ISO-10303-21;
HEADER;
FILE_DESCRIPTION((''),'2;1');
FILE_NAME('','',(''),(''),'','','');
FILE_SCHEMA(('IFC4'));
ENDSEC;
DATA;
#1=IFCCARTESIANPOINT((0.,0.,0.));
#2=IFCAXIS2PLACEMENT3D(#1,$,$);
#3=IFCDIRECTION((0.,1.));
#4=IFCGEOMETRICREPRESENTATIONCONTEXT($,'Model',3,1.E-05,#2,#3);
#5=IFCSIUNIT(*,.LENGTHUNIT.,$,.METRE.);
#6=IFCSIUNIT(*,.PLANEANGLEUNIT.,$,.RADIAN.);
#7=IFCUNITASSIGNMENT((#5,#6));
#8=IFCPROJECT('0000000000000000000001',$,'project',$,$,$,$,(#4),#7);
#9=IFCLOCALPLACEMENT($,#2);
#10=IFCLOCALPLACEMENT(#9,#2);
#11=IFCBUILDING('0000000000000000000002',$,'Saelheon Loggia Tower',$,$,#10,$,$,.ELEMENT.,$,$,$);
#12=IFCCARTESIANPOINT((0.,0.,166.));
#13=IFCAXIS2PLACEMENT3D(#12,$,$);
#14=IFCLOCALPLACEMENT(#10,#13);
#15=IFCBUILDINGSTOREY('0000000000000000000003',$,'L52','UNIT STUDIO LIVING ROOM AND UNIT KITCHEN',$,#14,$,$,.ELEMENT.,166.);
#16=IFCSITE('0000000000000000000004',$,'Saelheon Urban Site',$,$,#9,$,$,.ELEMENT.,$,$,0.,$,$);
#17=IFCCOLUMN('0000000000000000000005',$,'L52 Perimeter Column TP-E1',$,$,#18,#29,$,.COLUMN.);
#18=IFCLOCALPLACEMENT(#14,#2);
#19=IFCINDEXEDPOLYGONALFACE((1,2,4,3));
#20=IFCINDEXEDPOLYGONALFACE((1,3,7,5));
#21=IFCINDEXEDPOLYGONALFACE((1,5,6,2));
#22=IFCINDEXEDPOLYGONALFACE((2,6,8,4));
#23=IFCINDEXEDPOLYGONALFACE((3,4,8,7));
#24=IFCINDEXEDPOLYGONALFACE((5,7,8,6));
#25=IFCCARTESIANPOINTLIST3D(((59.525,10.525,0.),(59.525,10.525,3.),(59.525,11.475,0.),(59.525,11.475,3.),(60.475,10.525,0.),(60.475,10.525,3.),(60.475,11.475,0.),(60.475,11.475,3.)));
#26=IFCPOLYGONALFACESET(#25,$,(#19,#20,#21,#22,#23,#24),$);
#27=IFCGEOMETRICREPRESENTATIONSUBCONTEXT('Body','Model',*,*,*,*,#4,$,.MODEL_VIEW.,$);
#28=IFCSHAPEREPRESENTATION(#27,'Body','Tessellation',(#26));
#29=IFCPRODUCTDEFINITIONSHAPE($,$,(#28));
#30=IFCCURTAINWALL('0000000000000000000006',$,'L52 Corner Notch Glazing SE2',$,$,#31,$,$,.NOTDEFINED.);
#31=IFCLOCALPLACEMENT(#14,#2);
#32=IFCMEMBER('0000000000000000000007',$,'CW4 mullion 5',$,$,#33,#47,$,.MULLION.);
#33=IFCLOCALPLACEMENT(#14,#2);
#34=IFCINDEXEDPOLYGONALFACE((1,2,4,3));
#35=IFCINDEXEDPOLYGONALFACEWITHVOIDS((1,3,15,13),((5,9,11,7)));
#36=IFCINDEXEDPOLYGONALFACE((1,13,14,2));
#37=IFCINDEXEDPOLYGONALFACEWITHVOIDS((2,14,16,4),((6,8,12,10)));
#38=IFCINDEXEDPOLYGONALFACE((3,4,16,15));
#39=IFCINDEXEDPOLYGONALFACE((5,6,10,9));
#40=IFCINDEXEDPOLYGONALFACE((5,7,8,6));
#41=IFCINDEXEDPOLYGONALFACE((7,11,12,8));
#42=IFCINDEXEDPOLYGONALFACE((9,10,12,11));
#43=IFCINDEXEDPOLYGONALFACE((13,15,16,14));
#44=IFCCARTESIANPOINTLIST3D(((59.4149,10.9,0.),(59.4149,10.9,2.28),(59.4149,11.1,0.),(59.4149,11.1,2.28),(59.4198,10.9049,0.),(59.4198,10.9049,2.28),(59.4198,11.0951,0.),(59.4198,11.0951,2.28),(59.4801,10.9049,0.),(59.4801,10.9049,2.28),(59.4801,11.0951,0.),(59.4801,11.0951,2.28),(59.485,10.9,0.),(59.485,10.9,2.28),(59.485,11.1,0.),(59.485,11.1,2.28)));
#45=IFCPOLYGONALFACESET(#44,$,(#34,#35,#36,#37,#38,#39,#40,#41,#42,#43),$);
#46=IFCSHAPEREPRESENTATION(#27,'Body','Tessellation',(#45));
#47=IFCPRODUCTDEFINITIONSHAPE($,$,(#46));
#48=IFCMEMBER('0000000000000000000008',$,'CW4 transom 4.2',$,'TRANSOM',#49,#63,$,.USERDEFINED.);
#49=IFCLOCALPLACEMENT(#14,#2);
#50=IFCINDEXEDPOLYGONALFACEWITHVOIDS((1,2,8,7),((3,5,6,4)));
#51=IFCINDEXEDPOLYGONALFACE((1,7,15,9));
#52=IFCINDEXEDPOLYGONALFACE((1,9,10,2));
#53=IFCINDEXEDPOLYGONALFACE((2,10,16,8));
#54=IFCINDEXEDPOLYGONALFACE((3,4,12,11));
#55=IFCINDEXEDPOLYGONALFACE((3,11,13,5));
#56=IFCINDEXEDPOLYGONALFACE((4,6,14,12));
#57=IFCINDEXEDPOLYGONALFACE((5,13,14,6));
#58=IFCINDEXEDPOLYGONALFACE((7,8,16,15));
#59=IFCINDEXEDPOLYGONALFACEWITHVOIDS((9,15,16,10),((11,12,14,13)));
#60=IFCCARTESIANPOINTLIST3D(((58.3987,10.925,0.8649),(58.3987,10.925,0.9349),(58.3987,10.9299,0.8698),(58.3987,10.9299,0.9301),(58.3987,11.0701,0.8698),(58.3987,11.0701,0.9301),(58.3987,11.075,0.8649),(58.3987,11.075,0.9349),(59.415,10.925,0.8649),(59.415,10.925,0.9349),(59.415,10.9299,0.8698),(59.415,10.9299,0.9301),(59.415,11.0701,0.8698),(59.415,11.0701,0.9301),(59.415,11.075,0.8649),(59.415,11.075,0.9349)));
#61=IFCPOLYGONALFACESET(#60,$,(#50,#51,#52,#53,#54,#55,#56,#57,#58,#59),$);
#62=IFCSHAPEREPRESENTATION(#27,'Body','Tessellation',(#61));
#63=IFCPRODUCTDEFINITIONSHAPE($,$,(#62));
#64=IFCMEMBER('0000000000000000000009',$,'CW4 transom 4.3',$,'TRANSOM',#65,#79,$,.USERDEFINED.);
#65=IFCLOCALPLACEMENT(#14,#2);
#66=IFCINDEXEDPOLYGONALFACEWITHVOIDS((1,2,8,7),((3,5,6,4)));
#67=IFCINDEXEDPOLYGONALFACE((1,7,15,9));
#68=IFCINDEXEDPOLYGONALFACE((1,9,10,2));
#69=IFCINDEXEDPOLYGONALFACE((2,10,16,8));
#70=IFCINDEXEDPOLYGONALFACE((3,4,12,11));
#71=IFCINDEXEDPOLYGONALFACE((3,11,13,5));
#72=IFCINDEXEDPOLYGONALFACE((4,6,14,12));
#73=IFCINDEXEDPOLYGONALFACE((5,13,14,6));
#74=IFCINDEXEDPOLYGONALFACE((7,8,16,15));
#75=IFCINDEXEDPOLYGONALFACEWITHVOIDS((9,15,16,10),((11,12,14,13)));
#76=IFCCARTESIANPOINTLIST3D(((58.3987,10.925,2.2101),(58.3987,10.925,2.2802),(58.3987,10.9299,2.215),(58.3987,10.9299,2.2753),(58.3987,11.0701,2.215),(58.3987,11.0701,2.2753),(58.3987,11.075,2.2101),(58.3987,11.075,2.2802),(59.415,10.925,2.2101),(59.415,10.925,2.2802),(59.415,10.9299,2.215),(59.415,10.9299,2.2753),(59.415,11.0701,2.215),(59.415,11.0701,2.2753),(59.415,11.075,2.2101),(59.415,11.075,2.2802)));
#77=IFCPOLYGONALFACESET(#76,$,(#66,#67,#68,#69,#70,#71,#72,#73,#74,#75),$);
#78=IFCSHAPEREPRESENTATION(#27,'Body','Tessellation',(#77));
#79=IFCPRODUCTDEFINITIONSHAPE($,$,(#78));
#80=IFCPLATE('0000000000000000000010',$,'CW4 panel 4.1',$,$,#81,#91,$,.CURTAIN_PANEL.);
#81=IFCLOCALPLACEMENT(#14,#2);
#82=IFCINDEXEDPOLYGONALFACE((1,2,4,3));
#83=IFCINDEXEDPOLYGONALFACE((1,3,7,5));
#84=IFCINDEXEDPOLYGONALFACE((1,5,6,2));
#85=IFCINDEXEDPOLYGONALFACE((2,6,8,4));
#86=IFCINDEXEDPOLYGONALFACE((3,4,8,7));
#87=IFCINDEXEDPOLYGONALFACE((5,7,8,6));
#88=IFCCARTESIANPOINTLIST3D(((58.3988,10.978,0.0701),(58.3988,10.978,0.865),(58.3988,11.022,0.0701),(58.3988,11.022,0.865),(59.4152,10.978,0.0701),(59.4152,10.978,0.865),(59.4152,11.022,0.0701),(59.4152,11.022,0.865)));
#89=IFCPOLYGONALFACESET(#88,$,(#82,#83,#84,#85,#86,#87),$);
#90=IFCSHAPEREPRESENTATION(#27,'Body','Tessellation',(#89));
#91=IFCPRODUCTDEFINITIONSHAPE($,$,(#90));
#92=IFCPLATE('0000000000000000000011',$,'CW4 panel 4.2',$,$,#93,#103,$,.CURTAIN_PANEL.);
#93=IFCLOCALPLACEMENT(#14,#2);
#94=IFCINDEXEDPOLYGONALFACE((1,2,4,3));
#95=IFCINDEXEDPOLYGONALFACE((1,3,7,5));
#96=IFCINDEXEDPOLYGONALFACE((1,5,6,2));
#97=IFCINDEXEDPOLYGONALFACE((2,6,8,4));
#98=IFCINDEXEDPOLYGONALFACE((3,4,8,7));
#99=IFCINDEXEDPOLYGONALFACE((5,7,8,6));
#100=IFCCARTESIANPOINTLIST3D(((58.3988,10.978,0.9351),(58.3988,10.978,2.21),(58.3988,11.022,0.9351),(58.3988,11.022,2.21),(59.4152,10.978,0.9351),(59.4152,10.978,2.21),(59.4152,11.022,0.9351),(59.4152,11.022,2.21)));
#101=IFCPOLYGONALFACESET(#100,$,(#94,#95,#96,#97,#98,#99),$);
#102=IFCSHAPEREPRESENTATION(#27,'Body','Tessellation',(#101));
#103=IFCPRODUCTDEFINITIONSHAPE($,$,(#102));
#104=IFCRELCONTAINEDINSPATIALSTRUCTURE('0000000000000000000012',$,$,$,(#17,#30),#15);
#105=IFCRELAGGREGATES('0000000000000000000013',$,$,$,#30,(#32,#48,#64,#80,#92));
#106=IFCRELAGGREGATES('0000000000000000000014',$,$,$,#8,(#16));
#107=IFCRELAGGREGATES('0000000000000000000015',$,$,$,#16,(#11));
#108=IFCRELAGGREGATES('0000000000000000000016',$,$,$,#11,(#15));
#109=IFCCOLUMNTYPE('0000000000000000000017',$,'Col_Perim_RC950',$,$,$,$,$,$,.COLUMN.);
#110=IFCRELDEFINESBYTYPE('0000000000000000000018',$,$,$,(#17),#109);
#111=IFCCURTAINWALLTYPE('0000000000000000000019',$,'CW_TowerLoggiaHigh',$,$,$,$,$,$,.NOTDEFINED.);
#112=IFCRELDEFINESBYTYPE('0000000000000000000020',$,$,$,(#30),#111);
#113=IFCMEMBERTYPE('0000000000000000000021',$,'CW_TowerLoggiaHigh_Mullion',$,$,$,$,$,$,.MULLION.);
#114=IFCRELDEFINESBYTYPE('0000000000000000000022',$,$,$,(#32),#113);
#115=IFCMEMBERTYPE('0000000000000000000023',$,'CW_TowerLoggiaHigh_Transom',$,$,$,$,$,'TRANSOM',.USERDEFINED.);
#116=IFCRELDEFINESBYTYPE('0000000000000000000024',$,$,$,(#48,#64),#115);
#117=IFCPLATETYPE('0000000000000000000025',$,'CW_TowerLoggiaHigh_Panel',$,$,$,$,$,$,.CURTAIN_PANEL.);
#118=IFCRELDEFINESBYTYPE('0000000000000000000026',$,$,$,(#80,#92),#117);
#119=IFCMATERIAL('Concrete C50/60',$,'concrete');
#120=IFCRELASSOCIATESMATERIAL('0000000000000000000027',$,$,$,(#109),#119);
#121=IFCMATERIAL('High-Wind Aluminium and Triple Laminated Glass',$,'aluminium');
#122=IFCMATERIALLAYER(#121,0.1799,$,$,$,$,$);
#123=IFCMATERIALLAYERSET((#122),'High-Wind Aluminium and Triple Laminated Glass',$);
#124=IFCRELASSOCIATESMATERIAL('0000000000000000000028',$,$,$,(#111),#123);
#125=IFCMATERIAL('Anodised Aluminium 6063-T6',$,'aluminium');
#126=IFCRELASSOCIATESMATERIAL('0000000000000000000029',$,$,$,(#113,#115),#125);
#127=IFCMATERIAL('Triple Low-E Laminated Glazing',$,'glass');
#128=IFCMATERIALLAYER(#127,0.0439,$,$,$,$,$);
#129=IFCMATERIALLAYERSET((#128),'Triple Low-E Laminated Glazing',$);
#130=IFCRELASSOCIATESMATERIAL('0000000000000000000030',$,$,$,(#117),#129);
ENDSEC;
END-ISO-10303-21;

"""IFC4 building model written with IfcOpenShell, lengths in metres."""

from ifc_helpers import new_model, si_unit, direction, frame, origin, origin_2d, place, context, subcontext, project, spatial, rectangle, hollow_rectangle, extrude, source, transform, mapped, material, layer, layer_set, material_profile, profile_set, type_object, element, aggregate, save


model = new_model("IFC4")

# Units and contexts
model_context = context("Model", 3, precision=1e-05, world=origin(), true_north=direction((0.0, 1.0)))
body_context = subcontext(model_context, "Body", "Model", "MODEL_VIEW")
ifc_project = project(units=[si_unit("LENGTHUNIT", "METRE"), si_unit("PLANEANGLEUNIT", "RADIAN")], contexts=[model_context])

# Site, building, storey
site_placement = place(None, origin())
site = spatial("IfcSite", under=ifc_project, at=site_placement, Name="Saelheon Urban Site", CompositionType="ELEMENT", RefElevation=0.0)
building_placement = place(site_placement, origin())
building = spatial("IfcBuilding", under=site, at=building_placement, Name="Saelheon Loggia Tower", CompositionType="ELEMENT")
storey_placement = place(building_placement, frame((0.0, 0.0, 166.0)))
storey = spatial("IfcBuildingStorey", under=building, at=storey_placement, Name="L52", Description="UNIT STUDIO LIVING ROOM AND UNIT KITCHEN", CompositionType="ELEMENT", Elevation=166.0)

# Column
ifc_material_1 = material(Name="Concrete C50/60", Category="concrete")
ifc_material_profile_1 = material_profile(ifc_material_1, rectangle(XDim=0.95, YDim=0.95, at=origin_2d()), Name="RC-950x950")
ifc_profile_set_1 = profile_set([ifc_material_profile_1], Name="Concrete C50/60")
column_type = type_object("IfcColumnType", Name="Col_Perim_RC950", PredefinedType="COLUMN", material=ifc_profile_set_1)
shared_shape_1 = source(origin(), body_context, "Body", "SweptSolid", [
    extrude(rectangle(XDim=0.95, YDim=0.95, at=origin_2d()), origin(), (0.0, 0.0, 1.0), 3.0),
])
column_placement = place(storey_placement, frame((60.0, 11.0, 0.0), z_axis=(0.0, 0.0, 1.0), x_axis=(1.0, 0.0, 0.0)))
element("IfcColumn", 1, at=column_placement, inside=storey, type_object=column_type, Name="L52 Perimeter Column TP-E1", PredefinedType="COLUMN", context=body_context, shape_type="MappedRepresentation", body=[
    mapped(shared_shape_1, transform((0.0, 0.0, 0.0), scale=1.0)),
])

# Curtain wall, members, plates
ifc_material_2 = material(Name="High-Wind Aluminium and Triple Laminated Glass", Category="aluminium")
ifc_layer_1 = layer(ifc_material_2, 0.1799)
ifc_layer_set_1 = layer_set([ifc_layer_1], Name="High-Wind Aluminium and Triple Laminated Glass")
curtain_wall_type = type_object("IfcCurtainWallType", Name="CW_TowerLoggiaHigh", PredefinedType="NOTDEFINED", material=ifc_layer_set_1)
curtain_wall_placement = place(storey_placement, origin())
curtain_wall = element("IfcCurtainWall", 2, at=curtain_wall_placement, inside=storey, type_object=curtain_wall_type, Name="L52 Corner Notch Glazing SE2", PredefinedType="NOTDEFINED")
ifc_material_3 = material(Name="Anodised Aluminium 6063-T6", Category="aluminium")
ifc_material_profile_2 = material_profile(ifc_material_3, hollow_rectangle(XDim=0.0701, YDim=0.2, WallThickness=0.0049, at=origin_2d()), Name="RHS-200x70x5")
ifc_profile_set_2 = profile_set([ifc_material_profile_2], Name="Anodised Aluminium 6063-T6")
member_type_1 = type_object("IfcMemberType", Name="CW_TowerLoggiaHigh_Mullion", PredefinedType="MULLION", material=ifc_profile_set_2)
shared_shape_2 = source(origin(), body_context, "Body", "SweptSolid", [
    extrude(hollow_rectangle(XDim=0.0701, YDim=0.2, WallThickness=0.0049, at=origin_2d()), origin(), (0.0, 0.0, 1.0), 2.28),
])
member_1_placement = place(storey_placement, frame((59.45, 11.0, 0.0), z_axis=(0.0, 0.0, 1.0), x_axis=(1.0, 0.0, 0.0)))
member_1 = element("IfcMember", 3, at=member_1_placement, type_object=member_type_1, Name="CW4 mullion 5", PredefinedType="MULLION", context=body_context, shape_type="MappedRepresentation", body=[
    mapped(shared_shape_2, transform((0.0, 0.0, 0.0), scale=1.0)),
])
ifc_material_profile_3 = material_profile(ifc_material_3, hollow_rectangle(XDim=0.0701, YDim=0.1499, WallThickness=0.0049, at=origin_2d()), Name="RHS-150x70x5")
ifc_profile_set_3 = profile_set([ifc_material_profile_3], Name="Anodised Aluminium 6063-T6")
member_type_2 = type_object("IfcMemberType", Name="CW_TowerLoggiaHigh_Transom", ElementType="TRANSOM", PredefinedType="USERDEFINED", material=ifc_profile_set_3)
shared_shape_3 = source(origin(), body_context, "Body", "SweptSolid", [
    extrude(hollow_rectangle(XDim=0.0701, YDim=0.1499, WallThickness=0.0049, at=origin_2d()), origin(), (0.0, 0.0, 1.0), 1.0164),
])
member_2_placement = place(storey_placement, frame((58.3987, 11.0, 0.8999), z_axis=(1.0, 0.0, 0.0), x_axis=(0.0, 0.0, 1.0)))
member_2 = element("IfcMember", 4, at=member_2_placement, type_object=member_type_2, Name="CW4 transom 4.2", ObjectType="TRANSOM", PredefinedType="USERDEFINED", context=body_context, shape_type="MappedRepresentation", body=[
    mapped(shared_shape_3, transform((0.0, 0.0, 0.0), scale=1.0)),
])
member_3_placement = place(storey_placement, frame((58.3987, 11.0, 2.2451), z_axis=(1.0, 0.0, 0.0), x_axis=(0.0, 0.0, 1.0)))
member_3 = element("IfcMember", 5, at=member_3_placement, type_object=member_type_2, Name="CW4 transom 4.3", ObjectType="TRANSOM", PredefinedType="USERDEFINED", context=body_context, shape_type="MappedRepresentation", body=[
    mapped(shared_shape_3, transform((0.0, 0.0, 0.0), scale=1.0)),
])
ifc_material_4 = material(Name="Triple Low-E Laminated Glazing", Category="glass")
ifc_layer_2 = layer(ifc_material_4, 0.0439)
ifc_layer_set_2 = layer_set([ifc_layer_2], Name="Triple Low-E Laminated Glazing")
plate_type = type_object("IfcPlateType", Name="CW_TowerLoggiaHigh_Panel", PredefinedType="CURTAIN_PANEL", material=ifc_layer_set_2)
shared_shape_4 = source(origin(), body_context, "Body", "SweptSolid", [
    extrude(rectangle(XDim=1.0164, YDim=0.0439, at=origin_2d()), origin(), (0.0, 0.0, 1.0), 0.7949),
])
plate_1_placement = place(storey_placement, frame((58.907, 11.0, 0.0701), z_axis=(0.0, 0.0, 1.0), x_axis=(1.0, 0.0, 0.0)))
plate_1 = element("IfcPlate", 6, at=plate_1_placement, type_object=plate_type, Name="CW4 panel 4.1", PredefinedType="CURTAIN_PANEL", context=body_context, shape_type="MappedRepresentation", body=[
    mapped(shared_shape_4, transform((0.0, 0.0, 0.0), scale=1.0)),
])
shared_shape_5 = source(origin(), body_context, "Body", "SweptSolid", [
    extrude(rectangle(XDim=1.0164, YDim=0.0439, at=origin_2d()), origin(), (0.0, 0.0, 1.0), 1.2749),
])
plate_2_placement = place(storey_placement, frame((58.907, 11.0, 0.9351), z_axis=(0.0, 0.0, 1.0), x_axis=(1.0, 0.0, 0.0)))
plate_2 = element("IfcPlate", 7, at=plate_2_placement, type_object=plate_type, Name="CW4 panel 4.2", PredefinedType="CURTAIN_PANEL", context=body_context, shape_type="MappedRepresentation", body=[
    mapped(shared_shape_5, transform((0.0, 0.0, 0.0), scale=1.0)),
])
aggregate(curtain_wall, [member_1, member_2, member_3, plate_1, plate_2])

save(model, "model.ifc")
